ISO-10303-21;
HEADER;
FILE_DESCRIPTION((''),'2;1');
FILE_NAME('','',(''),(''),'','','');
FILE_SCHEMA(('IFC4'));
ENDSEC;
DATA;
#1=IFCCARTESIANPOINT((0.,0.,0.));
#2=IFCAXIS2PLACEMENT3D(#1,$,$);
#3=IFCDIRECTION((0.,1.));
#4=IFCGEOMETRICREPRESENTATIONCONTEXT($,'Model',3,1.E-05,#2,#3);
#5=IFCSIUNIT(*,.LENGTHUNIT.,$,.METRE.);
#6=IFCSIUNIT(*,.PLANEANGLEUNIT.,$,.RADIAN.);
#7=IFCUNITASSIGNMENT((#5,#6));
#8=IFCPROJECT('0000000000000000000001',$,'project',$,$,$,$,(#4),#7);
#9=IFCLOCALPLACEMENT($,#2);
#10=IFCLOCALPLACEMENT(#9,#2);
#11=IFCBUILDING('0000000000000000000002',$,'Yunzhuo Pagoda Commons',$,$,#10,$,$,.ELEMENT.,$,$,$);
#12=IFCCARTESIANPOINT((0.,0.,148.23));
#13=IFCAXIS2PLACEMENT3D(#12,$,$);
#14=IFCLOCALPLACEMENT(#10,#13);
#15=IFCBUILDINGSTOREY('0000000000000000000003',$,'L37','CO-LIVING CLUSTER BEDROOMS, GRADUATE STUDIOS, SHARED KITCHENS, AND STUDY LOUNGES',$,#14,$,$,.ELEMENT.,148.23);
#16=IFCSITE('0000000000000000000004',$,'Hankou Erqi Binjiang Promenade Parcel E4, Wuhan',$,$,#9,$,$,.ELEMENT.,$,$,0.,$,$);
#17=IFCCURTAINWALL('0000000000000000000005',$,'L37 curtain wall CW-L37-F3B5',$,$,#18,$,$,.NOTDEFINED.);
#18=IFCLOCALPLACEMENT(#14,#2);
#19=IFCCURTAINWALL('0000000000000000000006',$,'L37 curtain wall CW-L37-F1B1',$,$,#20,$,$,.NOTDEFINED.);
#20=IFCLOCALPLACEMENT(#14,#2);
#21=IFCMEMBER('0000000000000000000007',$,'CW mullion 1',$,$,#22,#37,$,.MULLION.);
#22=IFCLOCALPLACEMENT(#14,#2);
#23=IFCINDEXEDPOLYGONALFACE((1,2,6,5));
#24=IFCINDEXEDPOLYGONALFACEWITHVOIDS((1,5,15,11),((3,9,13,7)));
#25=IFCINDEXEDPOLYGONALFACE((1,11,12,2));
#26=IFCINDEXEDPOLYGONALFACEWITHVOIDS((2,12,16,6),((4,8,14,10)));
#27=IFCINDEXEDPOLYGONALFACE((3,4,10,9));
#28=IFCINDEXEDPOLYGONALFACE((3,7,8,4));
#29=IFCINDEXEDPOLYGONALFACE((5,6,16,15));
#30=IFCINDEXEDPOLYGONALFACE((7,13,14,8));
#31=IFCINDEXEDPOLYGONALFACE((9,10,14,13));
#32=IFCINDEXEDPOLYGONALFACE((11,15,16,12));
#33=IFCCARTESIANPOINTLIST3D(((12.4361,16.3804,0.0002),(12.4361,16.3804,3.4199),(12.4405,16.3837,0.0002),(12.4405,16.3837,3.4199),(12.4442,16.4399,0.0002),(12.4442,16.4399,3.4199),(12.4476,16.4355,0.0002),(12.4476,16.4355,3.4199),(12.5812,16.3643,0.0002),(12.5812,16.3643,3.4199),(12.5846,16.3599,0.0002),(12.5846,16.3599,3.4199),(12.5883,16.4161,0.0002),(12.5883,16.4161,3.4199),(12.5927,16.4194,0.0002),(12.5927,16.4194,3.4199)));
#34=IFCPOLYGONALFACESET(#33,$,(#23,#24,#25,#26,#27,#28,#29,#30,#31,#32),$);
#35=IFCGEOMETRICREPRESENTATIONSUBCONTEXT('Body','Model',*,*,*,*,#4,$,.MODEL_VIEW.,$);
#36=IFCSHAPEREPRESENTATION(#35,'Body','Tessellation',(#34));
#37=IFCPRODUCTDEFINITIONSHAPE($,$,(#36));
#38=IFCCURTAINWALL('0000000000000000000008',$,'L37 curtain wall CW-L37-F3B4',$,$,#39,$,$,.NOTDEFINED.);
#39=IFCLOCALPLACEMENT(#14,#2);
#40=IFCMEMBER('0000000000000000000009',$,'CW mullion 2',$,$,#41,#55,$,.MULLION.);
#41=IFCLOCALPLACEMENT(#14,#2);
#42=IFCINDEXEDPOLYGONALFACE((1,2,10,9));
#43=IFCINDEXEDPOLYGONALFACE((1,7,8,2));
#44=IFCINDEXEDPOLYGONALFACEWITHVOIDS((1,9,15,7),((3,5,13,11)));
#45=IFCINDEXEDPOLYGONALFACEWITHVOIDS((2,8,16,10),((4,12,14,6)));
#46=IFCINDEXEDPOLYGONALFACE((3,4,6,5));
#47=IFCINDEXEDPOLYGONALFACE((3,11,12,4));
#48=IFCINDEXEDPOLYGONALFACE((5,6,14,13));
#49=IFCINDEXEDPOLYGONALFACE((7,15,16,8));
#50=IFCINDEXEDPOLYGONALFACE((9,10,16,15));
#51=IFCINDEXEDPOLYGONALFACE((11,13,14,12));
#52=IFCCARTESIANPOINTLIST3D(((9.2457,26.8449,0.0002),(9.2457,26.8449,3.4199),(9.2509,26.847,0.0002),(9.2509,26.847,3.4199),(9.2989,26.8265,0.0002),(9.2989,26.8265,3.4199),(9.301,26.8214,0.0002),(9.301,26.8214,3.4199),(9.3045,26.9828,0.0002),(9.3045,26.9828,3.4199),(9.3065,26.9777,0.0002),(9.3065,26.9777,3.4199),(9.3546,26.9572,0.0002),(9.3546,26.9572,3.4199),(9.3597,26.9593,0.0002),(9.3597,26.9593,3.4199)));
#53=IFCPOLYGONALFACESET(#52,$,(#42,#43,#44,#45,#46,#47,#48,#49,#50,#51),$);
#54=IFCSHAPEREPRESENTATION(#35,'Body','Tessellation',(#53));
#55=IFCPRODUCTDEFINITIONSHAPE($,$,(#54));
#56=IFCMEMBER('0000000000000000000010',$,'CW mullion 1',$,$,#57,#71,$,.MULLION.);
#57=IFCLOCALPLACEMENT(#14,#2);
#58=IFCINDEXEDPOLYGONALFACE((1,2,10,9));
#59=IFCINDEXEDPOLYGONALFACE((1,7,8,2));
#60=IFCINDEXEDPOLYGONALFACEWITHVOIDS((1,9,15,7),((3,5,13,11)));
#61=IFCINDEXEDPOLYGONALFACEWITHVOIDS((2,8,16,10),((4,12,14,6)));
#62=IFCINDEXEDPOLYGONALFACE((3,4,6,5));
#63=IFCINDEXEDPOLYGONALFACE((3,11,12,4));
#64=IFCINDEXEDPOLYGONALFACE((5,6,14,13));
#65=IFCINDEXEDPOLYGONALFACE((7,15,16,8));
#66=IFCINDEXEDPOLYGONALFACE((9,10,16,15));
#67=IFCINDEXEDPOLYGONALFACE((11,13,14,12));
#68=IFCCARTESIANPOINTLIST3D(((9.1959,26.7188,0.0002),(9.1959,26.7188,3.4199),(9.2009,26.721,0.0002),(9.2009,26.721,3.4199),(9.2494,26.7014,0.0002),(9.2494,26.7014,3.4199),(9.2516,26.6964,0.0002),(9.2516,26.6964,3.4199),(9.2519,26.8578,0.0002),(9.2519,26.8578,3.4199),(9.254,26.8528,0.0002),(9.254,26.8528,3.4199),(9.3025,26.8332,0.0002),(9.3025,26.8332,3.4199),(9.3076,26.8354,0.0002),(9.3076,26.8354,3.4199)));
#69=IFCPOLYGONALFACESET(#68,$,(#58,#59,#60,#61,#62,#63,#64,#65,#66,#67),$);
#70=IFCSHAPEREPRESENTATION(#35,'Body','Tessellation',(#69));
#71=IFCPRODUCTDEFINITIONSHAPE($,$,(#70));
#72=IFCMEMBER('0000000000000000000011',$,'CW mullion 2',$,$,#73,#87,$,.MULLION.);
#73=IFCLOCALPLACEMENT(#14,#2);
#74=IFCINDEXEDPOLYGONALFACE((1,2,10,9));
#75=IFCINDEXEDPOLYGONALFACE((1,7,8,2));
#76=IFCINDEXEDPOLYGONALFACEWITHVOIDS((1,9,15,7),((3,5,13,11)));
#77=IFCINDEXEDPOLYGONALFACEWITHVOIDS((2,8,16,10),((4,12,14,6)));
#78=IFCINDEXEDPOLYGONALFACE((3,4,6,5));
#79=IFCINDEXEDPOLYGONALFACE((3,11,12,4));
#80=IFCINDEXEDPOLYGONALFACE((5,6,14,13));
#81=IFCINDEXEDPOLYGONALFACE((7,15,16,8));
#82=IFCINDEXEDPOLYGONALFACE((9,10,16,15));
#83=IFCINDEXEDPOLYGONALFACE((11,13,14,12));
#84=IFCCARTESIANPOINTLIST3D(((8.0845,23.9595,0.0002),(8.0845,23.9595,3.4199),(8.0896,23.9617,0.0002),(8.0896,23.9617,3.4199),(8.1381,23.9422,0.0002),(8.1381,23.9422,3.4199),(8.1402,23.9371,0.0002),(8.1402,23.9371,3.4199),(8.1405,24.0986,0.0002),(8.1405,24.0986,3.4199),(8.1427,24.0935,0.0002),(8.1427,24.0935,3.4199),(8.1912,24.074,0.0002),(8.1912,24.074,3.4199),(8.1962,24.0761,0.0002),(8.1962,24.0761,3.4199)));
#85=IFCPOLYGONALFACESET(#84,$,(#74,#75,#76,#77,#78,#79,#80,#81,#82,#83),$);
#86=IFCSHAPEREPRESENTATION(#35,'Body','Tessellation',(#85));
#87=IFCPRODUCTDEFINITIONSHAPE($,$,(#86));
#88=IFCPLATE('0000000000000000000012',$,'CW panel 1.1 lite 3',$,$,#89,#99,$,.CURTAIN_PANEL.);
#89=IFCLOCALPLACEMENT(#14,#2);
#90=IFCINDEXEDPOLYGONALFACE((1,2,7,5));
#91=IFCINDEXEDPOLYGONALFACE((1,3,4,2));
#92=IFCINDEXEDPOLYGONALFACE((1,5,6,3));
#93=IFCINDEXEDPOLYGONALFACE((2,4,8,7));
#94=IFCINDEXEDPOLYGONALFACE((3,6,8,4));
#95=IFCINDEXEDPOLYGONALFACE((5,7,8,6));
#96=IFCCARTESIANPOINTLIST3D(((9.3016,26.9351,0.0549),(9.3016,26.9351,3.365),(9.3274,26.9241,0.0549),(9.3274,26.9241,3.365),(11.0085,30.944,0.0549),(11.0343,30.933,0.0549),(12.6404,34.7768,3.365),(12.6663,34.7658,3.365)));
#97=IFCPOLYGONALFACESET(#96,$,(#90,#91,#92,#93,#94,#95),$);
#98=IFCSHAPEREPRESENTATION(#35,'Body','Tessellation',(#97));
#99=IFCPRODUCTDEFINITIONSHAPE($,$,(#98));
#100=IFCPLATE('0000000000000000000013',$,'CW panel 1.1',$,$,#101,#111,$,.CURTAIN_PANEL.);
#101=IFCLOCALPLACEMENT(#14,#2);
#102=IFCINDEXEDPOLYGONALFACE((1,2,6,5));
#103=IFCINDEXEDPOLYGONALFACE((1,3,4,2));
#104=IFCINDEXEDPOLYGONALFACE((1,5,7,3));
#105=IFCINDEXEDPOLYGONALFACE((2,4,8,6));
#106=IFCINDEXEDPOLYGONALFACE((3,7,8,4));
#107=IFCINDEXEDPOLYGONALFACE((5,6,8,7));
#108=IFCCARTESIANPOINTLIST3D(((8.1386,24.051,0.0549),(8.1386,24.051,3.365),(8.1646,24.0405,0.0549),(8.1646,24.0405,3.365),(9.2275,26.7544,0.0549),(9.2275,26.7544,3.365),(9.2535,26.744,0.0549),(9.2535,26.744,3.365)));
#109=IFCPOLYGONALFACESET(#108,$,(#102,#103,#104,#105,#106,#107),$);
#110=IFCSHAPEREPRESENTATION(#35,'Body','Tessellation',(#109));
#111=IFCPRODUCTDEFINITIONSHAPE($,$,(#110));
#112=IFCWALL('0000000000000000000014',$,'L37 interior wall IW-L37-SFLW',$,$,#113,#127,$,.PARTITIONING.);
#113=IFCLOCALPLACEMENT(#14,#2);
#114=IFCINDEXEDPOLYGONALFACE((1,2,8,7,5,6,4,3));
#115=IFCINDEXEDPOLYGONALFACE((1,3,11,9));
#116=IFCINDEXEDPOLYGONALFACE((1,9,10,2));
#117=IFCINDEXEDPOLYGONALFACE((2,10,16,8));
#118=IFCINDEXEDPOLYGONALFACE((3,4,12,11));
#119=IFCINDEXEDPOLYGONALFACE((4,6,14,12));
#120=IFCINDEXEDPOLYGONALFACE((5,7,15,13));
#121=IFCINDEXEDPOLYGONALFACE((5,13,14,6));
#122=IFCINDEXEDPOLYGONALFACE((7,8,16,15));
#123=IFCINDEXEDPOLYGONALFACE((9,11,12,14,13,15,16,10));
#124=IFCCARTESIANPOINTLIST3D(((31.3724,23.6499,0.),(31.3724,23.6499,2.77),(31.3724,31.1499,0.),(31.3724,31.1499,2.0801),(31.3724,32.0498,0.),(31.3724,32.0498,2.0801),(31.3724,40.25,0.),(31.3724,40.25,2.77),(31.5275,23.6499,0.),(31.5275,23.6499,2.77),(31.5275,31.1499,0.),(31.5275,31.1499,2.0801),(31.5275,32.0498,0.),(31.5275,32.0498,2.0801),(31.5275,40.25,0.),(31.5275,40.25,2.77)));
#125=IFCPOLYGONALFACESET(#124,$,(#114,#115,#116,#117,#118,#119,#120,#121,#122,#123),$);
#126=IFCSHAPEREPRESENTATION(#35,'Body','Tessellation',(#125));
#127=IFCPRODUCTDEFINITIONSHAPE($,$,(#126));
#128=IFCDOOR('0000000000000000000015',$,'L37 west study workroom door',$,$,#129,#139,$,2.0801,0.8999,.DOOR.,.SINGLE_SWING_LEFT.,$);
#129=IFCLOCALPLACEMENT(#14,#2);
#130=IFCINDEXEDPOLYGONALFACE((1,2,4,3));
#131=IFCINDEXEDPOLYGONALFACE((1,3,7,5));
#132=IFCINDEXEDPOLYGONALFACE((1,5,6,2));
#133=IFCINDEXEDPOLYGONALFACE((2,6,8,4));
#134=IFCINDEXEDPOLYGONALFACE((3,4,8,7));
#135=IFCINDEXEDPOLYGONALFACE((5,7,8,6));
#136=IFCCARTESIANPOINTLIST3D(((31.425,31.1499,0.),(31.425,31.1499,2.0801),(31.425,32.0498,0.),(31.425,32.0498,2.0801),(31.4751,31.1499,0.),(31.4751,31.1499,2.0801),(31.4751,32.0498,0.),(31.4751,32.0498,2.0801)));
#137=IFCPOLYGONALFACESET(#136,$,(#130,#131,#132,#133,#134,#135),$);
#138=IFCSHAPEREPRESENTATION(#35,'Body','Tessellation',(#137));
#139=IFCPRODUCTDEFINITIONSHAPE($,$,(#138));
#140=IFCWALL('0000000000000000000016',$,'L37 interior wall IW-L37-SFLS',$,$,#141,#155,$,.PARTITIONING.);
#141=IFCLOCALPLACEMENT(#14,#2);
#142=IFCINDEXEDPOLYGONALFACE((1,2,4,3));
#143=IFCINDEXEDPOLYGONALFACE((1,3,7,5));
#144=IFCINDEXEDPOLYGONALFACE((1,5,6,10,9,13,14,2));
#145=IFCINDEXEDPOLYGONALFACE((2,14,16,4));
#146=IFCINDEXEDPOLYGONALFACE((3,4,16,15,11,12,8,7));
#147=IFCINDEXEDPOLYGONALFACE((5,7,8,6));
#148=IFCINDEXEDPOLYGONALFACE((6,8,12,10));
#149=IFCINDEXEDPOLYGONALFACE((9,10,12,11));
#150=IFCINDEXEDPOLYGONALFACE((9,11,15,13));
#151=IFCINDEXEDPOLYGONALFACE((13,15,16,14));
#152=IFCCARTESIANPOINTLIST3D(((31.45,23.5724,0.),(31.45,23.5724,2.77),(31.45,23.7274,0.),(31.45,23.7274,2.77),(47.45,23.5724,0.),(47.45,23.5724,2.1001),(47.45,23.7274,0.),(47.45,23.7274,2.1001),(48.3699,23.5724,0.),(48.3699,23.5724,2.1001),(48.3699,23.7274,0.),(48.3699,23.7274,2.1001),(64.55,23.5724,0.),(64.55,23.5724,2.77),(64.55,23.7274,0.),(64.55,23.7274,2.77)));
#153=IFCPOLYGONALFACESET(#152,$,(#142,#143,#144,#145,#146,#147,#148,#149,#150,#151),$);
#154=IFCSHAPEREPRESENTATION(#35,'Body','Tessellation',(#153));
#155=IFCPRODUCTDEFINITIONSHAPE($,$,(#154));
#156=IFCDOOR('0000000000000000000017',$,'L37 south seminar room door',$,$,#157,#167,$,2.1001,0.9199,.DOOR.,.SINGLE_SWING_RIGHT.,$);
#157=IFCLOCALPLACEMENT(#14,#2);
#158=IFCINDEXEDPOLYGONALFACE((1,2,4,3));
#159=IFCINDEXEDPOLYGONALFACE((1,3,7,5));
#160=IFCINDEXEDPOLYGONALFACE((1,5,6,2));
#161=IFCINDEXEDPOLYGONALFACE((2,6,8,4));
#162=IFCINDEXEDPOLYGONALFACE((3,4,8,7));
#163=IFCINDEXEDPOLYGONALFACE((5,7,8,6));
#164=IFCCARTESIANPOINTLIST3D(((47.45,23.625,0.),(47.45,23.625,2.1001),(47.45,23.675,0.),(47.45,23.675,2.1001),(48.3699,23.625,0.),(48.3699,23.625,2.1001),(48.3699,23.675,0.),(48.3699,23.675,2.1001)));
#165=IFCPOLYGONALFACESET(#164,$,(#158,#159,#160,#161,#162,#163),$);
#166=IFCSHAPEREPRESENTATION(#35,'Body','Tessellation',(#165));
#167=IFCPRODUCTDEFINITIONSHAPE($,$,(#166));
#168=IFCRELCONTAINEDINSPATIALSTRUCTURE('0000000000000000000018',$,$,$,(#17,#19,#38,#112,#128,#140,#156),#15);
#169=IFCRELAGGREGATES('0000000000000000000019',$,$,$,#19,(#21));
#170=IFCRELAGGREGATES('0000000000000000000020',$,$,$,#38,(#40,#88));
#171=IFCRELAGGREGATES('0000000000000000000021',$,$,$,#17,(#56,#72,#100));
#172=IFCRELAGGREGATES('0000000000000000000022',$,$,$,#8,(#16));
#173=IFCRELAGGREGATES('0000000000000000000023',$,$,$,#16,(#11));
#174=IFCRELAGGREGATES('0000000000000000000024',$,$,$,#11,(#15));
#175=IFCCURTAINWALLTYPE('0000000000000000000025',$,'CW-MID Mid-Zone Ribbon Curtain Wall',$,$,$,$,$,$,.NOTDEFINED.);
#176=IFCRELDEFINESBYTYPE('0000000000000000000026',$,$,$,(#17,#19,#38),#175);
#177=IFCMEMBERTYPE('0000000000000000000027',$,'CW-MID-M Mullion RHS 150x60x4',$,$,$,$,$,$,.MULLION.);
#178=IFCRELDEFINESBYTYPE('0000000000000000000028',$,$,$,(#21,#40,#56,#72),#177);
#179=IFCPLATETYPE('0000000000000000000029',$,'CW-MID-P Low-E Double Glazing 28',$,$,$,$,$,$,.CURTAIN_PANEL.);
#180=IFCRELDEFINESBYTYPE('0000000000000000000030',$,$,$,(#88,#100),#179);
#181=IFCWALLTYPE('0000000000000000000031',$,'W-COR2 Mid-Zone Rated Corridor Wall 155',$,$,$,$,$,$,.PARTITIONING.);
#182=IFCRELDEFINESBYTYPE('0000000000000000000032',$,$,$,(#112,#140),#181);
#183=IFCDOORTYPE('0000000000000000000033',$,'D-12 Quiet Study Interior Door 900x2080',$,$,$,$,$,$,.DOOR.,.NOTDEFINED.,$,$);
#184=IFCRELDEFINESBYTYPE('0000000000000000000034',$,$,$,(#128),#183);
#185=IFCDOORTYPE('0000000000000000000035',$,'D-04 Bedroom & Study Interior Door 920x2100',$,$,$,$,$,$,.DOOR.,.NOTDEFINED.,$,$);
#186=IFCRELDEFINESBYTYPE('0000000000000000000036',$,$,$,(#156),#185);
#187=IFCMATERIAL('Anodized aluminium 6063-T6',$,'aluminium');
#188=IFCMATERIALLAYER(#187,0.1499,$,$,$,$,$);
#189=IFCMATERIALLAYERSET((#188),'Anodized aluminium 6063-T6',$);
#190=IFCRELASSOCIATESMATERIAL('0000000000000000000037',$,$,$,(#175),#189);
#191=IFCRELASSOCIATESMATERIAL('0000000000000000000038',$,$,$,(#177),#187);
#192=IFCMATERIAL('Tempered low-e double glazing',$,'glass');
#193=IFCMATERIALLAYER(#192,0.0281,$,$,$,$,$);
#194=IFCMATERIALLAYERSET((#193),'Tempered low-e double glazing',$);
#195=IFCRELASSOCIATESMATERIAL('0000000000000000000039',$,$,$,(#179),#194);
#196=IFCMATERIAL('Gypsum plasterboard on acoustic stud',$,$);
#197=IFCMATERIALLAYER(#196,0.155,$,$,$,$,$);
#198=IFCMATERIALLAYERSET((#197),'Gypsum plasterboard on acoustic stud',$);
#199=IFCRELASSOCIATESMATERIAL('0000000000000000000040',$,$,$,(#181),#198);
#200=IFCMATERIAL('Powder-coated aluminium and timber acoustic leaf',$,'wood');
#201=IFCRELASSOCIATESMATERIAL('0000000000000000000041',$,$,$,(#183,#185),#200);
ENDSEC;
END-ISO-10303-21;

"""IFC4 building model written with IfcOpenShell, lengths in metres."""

from ifc_helpers import new_model, si_unit, direction, frame, frame_2d, origin, origin_with_axes, origin_2d, place, context, subcontext, project, spatial, polyline, rectangle, hollow_rectangle, outline, extrude, source, transform, mapped, material, layer, layer_set, material_profile, profile_set, type_object, element, fill, aggregate, save


model = new_model("IFC4")

# Units and contexts
model_context = context("Model", 3, precision=1e-05, world=origin(), true_north=direction((0.0, 1.0)))
body_context = subcontext(model_context, "Body", "Model", "MODEL_VIEW")
ifc_project = project(units=[si_unit("LENGTHUNIT", "METRE"), si_unit("PLANEANGLEUNIT", "RADIAN")], contexts=[model_context])

# Site, building, storey
site_placement = place(None, origin())
site = spatial("IfcSite", under=ifc_project, at=site_placement, Name="Hankou Erqi Binjiang Promenade Parcel E4, Wuhan", CompositionType="ELEMENT", RefElevation=0.0)
building_placement = place(site_placement, origin())
building = spatial("IfcBuilding", under=site, at=building_placement, Name="Yunzhuo Pagoda Commons", CompositionType="ELEMENT")
storey_placement = place(building_placement, frame((0.0, 0.0, 148.23)))
storey = spatial("IfcBuildingStorey", under=building, at=storey_placement, Name="L37", Description="CO-LIVING CLUSTER BEDROOMS, GRADUATE STUDIOS, SHARED KITCHENS, AND STUDY LOUNGES", CompositionType="ELEMENT", Elevation=148.23)

# Curtain wall
ifc_material_1 = material(Name="Anodized aluminium 6063-T6", Category="aluminium")
ifc_layer_1 = layer(ifc_material_1, 0.1499)
ifc_layer_set_1 = layer_set([ifc_layer_1], Name="Anodized aluminium 6063-T6")
curtain_wall_type = type_object("IfcCurtainWallType", Name="CW-MID Mid-Zone Ribbon Curtain Wall", PredefinedType="NOTDEFINED", material=ifc_layer_set_1)
curtain_wall_1_placement = place(storey_placement, origin())
curtain_wall_1 = element("IfcCurtainWall", 1, at=curtain_wall_1_placement, inside=storey, type_object=curtain_wall_type, Name="L37 curtain wall CW-L37-F3B5", PredefinedType="NOTDEFINED")

# Curtain walls, members
curtain_wall_2_placement = place(storey_placement, origin())
curtain_wall_2 = element("IfcCurtainWall", 2, at=curtain_wall_2_placement, inside=storey, type_object=curtain_wall_type, Name="L37 curtain wall CW-L37-F1B1", PredefinedType="NOTDEFINED")
ifc_material_profile_1 = material_profile(ifc_material_1, hollow_rectangle(XDim=0.0601, YDim=0.1499, WallThickness=0.0039, at=origin_2d()), Name="Anodized aluminium 6063-T6")
ifc_profile_set_1 = profile_set([ifc_material_profile_1], Name="Anodized aluminium 6063-T6")
member_type_1 = type_object("IfcMemberType", Name="CW-MID-M Mullion RHS 150x60x4", PredefinedType="MULLION", material=ifc_profile_set_1)
shared_shape_1 = source(origin(), body_context, "Body", "SweptSolid", [
    extrude(hollow_rectangle(XDim=0.0601, YDim=0.1499, WallThickness=0.0039, at=origin_2d()), origin(), (0.0, 0.0, 1.0), 3.4197),
])
member_1_placement = place(storey_placement, frame((12.5144, 16.3999, 0.0002), z_axis=(0.0, 0.0, 1.0), x_axis=(0.136221, 0.990679, 0.0)))
member_1 = element("IfcMember", 3, at=member_1_placement, type_object=member_type_1, Name="CW mullion 1", PredefinedType="MULLION", context=body_context, shape_type="MappedRepresentation", body=[
    mapped(shared_shape_1, transform((0.0, 0.0, 0.0), scale=1.0)),
])
aggregate(curtain_wall_2, [member_1])
curtain_wall_3_placement = place(storey_placement, origin())
curtain_wall_3 = element("IfcCurtainWall", 4, at=curtain_wall_3_placement, inside=storey, type_object=curtain_wall_type, Name="L37 curtain wall CW-L37-F3B4", PredefinedType="NOTDEFINED")
member_2_placement = place(storey_placement, frame((9.3027, 26.9021, 0.0002), z_axis=(0.0, 0.0, 1.0), x_axis=(0.920072, -0.391749, 0.0)))
member_2 = element("IfcMember", 5, at=member_2_placement, type_object=member_type_1, Name="CW mullion 2", PredefinedType="MULLION", context=body_context, shape_type="MappedRepresentation", body=[
    mapped(shared_shape_1, transform((0.0, 0.0, 0.0), scale=1.0)),
])

# Members
member_3_placement = place(storey_placement, frame((9.2517, 26.7771, 0.0002), z_axis=(0.0, 0.0, 1.0), x_axis=(0.927583, -0.373617, 0.0)))
member_3 = element("IfcMember", 6, at=member_3_placement, type_object=member_type_1, Name="CW mullion 1", PredefinedType="MULLION", context=body_context, shape_type="MappedRepresentation", body=[
    mapped(shared_shape_1, transform((0.0, 0.0, 0.0), scale=1.0)),
])
member_4_placement = place(storey_placement, frame((8.1404, 24.0178, 0.0002), z_axis=(0.0, 0.0, 1.0), x_axis=(0.927583, -0.373617, 0.0)))
member_4 = element("IfcMember", 7, at=member_4_placement, type_object=member_type_1, Name="CW mullion 2", PredefinedType="MULLION", context=body_context, shape_type="MappedRepresentation", body=[
    mapped(shared_shape_1, transform((0.0, 0.0, 0.0), scale=1.0)),
])

# Plates
ifc_material_2 = material(Name="Tempered low-e double glazing", Category="glass")
ifc_layer_2 = layer(ifc_material_2, 0.0281)
ifc_layer_set_2 = layer_set([ifc_layer_2], Name="Tempered low-e double glazing")
plate_type = type_object("IfcPlateType", Name="CW-MID-P Low-E Double Glazing 28", PredefinedType="CURTAIN_PANEL", material=ifc_layer_set_2)
plate_1_placement = place(storey_placement, frame((10.9968, 30.845, 1.71), z_axis=(-0.920072, 0.391749, 0.0), x_axis=(-0.391749, -0.920072, 0.0)))
plate_1 = element("IfcPlate", 8, at=plate_1_placement, type_object=plate_type, Name="CW panel 1.1 lite 3", PredefinedType="CURTAIN_PANEL", context=body_context, shape_type="SweptSolid", body=[
    extrude(outline(polyline([(-4.2615, 1.655), (-0.0957, -1.655), (4.2615, -1.655), (4.2615, 1.655), (-4.2615, 1.655)])), origin(), (0.0, 0.0, 1.0), 0.0281),
])
aggregate(curtain_wall_3, [member_2, plate_1])
shared_shape_2 = source(origin(), body_context, "Body", "SweptSolid", [
    extrude(rectangle(XDim=2.9146, YDim=0.0281, at=origin_2d()), origin(), (0.0, 0.0, 1.0), 3.3101),
])
plate_2_placement = place(storey_placement, frame((8.696, 25.3975, 0.0549), z_axis=(0.0, 0.0, 1.0), x_axis=(-0.373617, -0.927583, 0.0)))
plate_2 = element("IfcPlate", 9, at=plate_2_placement, type_object=plate_type, Name="CW panel 1.1", PredefinedType="CURTAIN_PANEL", context=body_context, shape_type="MappedRepresentation", body=[
    mapped(shared_shape_2, transform((0.0, 0.0, 0.0), scale=1.0)),
])
aggregate(curtain_wall_1, [member_3, member_4, plate_2])

# Walls, openings, doors
ifc_material_3 = material(Name="Gypsum plasterboard on acoustic stud")
ifc_layer_3 = layer(ifc_material_3, 0.155)
ifc_layer_set_3 = layer_set([ifc_layer_3], Name="Gypsum plasterboard on acoustic stud")
wall_type_1 = type_object("IfcWallType", Name="W-COR2 Mid-Zone Rated Corridor Wall 155", PredefinedType="PARTITIONING", material=ifc_layer_set_3)
wall_1_placement = place(storey_placement, frame((31.45, 23.6499, 0.0), z_axis=(0.0, 0.0, 1.0), x_axis=(0.0, 1.0, 0.0)))
wall_1 = element("IfcWall", 10, at=wall_1_placement, inside=storey, type_object=wall_type_1, Name="L37 interior wall IW-L37-SFLW", PredefinedType="PARTITIONING", context=body_context, shape_type="SweptSolid", body=[
    extrude(rectangle(XDim=16.6001, YDim=0.155, at=frame_2d((8.3, 0.0))), origin(), (0.0, 0.0, 1.0), 2.77),
])
opening_1_placement = place(wall_1_placement, frame((7.5, 0.0, 0.0)))
opening_1 = element("IfcOpeningElement", 11, at=opening_1_placement, cuts=wall_1, PredefinedType="OPENING", context=body_context, shape_type="SweptSolid", body=[
    extrude(rectangle(XDim=0.8999, YDim=2.0801, at=frame_2d((0.45, 1.04))), frame((0.0, 0.0874, 0.0), z_axis=(0.0, -1.0, 0.0), x_axis=(1.0, 0.0, 0.0)), (0.0, 0.0, 1.0), 0.175),
])
ifc_material_4 = material(Name="Powder-coated aluminium and timber acoustic leaf", Category="wood")
door_type_1 = type_object("IfcDoorType", Name="D-12 Quiet Study Interior Door 900x2080", OperationType="NOTDEFINED", PredefinedType="DOOR", material=ifc_material_4)
shared_shape_3 = source(origin(), body_context, "Body", "SweptSolid", [
    extrude(rectangle(XDim=0.8999, YDim=2.0801, at=frame_2d((0.45, 1.04))), frame((0.0, 0.0249, 0.0), z_axis=(0.0, -1.0, 0.0), x_axis=(1.0, 0.0, 0.0)), (0.0, 0.0, 1.0), 0.05),
])
door_1_placement = place(opening_1_placement, origin_with_axes())
door_1 = element("IfcDoor", 12, at=door_1_placement, inside=storey, type_object=door_type_1, Name="L37 west study workroom door", OperationType="SINGLE_SWING_LEFT", OverallHeight=2.0801, OverallWidth=0.8999, PredefinedType="DOOR", context=body_context, shape_type="MappedRepresentation", body=[
    mapped(shared_shape_3, transform((0.0, 0.0, 0.0), scale=1.0)),
])
fill(opening_1, door_1)
wall_2_placement = place(storey_placement, frame((31.45, 23.6499, 0.0), z_axis=(0.0, 0.0, 1.0), x_axis=(1.0, 0.0, 0.0)))
wall_2 = element("IfcWall", 13, at=wall_2_placement, inside=storey, type_object=wall_type_1, Name="L37 interior wall IW-L37-SFLS", PredefinedType="PARTITIONING", context=body_context, shape_type="SweptSolid", body=[
    extrude(rectangle(XDim=33.1001, YDim=0.155, at=frame_2d((16.55, 0.0))), origin(), (0.0, 0.0, 1.0), 2.77),
])
opening_2_placement = place(wall_2_placement, frame((16.0, 0.0, 0.0)))
opening_2 = element("IfcOpeningElement", 14, at=opening_2_placement, cuts=wall_2, PredefinedType="OPENING", context=body_context, shape_type="SweptSolid", body=[
    extrude(rectangle(XDim=0.9199, YDim=2.1001, at=frame_2d((0.46, 1.05))), frame((0.0, 0.0874, 0.0), z_axis=(0.0, -1.0, 0.0), x_axis=(1.0, 0.0, 0.0)), (0.0, 0.0, 1.0), 0.175),
])
door_type_2 = type_object("IfcDoorType", Name="D-04 Bedroom & Study Interior Door 920x2100", OperationType="NOTDEFINED", PredefinedType="DOOR", material=ifc_material_4)
shared_shape_4 = source(origin(), body_context, "Body", "SweptSolid", [
    extrude(rectangle(XDim=0.9199, YDim=2.1001, at=frame_2d((0.46, 1.05))), frame((0.0, 0.0249, 0.0), z_axis=(0.0, -1.0, 0.0), x_axis=(1.0, 0.0, 0.0)), (0.0, 0.0, 1.0), 0.05),
])
door_2_placement = place(opening_2_placement, frame((0.9199, 0.0, 0.0), z_axis=(0.0, 0.0, 1.0), x_axis=(-1.0, 0.0, 0.0)))
door_2 = element("IfcDoor", 15, at=door_2_placement, inside=storey, type_object=door_type_2, Name="L37 south seminar room door", OperationType="SINGLE_SWING_RIGHT", OverallHeight=2.1001, OverallWidth=0.9199, PredefinedType="DOOR", context=body_context, shape_type="MappedRepresentation", body=[
    mapped(shared_shape_4, transform((0.0, 0.0, 0.0), scale=1.0)),
])
fill(opening_2, door_2)

save(model, "model.ifc")
